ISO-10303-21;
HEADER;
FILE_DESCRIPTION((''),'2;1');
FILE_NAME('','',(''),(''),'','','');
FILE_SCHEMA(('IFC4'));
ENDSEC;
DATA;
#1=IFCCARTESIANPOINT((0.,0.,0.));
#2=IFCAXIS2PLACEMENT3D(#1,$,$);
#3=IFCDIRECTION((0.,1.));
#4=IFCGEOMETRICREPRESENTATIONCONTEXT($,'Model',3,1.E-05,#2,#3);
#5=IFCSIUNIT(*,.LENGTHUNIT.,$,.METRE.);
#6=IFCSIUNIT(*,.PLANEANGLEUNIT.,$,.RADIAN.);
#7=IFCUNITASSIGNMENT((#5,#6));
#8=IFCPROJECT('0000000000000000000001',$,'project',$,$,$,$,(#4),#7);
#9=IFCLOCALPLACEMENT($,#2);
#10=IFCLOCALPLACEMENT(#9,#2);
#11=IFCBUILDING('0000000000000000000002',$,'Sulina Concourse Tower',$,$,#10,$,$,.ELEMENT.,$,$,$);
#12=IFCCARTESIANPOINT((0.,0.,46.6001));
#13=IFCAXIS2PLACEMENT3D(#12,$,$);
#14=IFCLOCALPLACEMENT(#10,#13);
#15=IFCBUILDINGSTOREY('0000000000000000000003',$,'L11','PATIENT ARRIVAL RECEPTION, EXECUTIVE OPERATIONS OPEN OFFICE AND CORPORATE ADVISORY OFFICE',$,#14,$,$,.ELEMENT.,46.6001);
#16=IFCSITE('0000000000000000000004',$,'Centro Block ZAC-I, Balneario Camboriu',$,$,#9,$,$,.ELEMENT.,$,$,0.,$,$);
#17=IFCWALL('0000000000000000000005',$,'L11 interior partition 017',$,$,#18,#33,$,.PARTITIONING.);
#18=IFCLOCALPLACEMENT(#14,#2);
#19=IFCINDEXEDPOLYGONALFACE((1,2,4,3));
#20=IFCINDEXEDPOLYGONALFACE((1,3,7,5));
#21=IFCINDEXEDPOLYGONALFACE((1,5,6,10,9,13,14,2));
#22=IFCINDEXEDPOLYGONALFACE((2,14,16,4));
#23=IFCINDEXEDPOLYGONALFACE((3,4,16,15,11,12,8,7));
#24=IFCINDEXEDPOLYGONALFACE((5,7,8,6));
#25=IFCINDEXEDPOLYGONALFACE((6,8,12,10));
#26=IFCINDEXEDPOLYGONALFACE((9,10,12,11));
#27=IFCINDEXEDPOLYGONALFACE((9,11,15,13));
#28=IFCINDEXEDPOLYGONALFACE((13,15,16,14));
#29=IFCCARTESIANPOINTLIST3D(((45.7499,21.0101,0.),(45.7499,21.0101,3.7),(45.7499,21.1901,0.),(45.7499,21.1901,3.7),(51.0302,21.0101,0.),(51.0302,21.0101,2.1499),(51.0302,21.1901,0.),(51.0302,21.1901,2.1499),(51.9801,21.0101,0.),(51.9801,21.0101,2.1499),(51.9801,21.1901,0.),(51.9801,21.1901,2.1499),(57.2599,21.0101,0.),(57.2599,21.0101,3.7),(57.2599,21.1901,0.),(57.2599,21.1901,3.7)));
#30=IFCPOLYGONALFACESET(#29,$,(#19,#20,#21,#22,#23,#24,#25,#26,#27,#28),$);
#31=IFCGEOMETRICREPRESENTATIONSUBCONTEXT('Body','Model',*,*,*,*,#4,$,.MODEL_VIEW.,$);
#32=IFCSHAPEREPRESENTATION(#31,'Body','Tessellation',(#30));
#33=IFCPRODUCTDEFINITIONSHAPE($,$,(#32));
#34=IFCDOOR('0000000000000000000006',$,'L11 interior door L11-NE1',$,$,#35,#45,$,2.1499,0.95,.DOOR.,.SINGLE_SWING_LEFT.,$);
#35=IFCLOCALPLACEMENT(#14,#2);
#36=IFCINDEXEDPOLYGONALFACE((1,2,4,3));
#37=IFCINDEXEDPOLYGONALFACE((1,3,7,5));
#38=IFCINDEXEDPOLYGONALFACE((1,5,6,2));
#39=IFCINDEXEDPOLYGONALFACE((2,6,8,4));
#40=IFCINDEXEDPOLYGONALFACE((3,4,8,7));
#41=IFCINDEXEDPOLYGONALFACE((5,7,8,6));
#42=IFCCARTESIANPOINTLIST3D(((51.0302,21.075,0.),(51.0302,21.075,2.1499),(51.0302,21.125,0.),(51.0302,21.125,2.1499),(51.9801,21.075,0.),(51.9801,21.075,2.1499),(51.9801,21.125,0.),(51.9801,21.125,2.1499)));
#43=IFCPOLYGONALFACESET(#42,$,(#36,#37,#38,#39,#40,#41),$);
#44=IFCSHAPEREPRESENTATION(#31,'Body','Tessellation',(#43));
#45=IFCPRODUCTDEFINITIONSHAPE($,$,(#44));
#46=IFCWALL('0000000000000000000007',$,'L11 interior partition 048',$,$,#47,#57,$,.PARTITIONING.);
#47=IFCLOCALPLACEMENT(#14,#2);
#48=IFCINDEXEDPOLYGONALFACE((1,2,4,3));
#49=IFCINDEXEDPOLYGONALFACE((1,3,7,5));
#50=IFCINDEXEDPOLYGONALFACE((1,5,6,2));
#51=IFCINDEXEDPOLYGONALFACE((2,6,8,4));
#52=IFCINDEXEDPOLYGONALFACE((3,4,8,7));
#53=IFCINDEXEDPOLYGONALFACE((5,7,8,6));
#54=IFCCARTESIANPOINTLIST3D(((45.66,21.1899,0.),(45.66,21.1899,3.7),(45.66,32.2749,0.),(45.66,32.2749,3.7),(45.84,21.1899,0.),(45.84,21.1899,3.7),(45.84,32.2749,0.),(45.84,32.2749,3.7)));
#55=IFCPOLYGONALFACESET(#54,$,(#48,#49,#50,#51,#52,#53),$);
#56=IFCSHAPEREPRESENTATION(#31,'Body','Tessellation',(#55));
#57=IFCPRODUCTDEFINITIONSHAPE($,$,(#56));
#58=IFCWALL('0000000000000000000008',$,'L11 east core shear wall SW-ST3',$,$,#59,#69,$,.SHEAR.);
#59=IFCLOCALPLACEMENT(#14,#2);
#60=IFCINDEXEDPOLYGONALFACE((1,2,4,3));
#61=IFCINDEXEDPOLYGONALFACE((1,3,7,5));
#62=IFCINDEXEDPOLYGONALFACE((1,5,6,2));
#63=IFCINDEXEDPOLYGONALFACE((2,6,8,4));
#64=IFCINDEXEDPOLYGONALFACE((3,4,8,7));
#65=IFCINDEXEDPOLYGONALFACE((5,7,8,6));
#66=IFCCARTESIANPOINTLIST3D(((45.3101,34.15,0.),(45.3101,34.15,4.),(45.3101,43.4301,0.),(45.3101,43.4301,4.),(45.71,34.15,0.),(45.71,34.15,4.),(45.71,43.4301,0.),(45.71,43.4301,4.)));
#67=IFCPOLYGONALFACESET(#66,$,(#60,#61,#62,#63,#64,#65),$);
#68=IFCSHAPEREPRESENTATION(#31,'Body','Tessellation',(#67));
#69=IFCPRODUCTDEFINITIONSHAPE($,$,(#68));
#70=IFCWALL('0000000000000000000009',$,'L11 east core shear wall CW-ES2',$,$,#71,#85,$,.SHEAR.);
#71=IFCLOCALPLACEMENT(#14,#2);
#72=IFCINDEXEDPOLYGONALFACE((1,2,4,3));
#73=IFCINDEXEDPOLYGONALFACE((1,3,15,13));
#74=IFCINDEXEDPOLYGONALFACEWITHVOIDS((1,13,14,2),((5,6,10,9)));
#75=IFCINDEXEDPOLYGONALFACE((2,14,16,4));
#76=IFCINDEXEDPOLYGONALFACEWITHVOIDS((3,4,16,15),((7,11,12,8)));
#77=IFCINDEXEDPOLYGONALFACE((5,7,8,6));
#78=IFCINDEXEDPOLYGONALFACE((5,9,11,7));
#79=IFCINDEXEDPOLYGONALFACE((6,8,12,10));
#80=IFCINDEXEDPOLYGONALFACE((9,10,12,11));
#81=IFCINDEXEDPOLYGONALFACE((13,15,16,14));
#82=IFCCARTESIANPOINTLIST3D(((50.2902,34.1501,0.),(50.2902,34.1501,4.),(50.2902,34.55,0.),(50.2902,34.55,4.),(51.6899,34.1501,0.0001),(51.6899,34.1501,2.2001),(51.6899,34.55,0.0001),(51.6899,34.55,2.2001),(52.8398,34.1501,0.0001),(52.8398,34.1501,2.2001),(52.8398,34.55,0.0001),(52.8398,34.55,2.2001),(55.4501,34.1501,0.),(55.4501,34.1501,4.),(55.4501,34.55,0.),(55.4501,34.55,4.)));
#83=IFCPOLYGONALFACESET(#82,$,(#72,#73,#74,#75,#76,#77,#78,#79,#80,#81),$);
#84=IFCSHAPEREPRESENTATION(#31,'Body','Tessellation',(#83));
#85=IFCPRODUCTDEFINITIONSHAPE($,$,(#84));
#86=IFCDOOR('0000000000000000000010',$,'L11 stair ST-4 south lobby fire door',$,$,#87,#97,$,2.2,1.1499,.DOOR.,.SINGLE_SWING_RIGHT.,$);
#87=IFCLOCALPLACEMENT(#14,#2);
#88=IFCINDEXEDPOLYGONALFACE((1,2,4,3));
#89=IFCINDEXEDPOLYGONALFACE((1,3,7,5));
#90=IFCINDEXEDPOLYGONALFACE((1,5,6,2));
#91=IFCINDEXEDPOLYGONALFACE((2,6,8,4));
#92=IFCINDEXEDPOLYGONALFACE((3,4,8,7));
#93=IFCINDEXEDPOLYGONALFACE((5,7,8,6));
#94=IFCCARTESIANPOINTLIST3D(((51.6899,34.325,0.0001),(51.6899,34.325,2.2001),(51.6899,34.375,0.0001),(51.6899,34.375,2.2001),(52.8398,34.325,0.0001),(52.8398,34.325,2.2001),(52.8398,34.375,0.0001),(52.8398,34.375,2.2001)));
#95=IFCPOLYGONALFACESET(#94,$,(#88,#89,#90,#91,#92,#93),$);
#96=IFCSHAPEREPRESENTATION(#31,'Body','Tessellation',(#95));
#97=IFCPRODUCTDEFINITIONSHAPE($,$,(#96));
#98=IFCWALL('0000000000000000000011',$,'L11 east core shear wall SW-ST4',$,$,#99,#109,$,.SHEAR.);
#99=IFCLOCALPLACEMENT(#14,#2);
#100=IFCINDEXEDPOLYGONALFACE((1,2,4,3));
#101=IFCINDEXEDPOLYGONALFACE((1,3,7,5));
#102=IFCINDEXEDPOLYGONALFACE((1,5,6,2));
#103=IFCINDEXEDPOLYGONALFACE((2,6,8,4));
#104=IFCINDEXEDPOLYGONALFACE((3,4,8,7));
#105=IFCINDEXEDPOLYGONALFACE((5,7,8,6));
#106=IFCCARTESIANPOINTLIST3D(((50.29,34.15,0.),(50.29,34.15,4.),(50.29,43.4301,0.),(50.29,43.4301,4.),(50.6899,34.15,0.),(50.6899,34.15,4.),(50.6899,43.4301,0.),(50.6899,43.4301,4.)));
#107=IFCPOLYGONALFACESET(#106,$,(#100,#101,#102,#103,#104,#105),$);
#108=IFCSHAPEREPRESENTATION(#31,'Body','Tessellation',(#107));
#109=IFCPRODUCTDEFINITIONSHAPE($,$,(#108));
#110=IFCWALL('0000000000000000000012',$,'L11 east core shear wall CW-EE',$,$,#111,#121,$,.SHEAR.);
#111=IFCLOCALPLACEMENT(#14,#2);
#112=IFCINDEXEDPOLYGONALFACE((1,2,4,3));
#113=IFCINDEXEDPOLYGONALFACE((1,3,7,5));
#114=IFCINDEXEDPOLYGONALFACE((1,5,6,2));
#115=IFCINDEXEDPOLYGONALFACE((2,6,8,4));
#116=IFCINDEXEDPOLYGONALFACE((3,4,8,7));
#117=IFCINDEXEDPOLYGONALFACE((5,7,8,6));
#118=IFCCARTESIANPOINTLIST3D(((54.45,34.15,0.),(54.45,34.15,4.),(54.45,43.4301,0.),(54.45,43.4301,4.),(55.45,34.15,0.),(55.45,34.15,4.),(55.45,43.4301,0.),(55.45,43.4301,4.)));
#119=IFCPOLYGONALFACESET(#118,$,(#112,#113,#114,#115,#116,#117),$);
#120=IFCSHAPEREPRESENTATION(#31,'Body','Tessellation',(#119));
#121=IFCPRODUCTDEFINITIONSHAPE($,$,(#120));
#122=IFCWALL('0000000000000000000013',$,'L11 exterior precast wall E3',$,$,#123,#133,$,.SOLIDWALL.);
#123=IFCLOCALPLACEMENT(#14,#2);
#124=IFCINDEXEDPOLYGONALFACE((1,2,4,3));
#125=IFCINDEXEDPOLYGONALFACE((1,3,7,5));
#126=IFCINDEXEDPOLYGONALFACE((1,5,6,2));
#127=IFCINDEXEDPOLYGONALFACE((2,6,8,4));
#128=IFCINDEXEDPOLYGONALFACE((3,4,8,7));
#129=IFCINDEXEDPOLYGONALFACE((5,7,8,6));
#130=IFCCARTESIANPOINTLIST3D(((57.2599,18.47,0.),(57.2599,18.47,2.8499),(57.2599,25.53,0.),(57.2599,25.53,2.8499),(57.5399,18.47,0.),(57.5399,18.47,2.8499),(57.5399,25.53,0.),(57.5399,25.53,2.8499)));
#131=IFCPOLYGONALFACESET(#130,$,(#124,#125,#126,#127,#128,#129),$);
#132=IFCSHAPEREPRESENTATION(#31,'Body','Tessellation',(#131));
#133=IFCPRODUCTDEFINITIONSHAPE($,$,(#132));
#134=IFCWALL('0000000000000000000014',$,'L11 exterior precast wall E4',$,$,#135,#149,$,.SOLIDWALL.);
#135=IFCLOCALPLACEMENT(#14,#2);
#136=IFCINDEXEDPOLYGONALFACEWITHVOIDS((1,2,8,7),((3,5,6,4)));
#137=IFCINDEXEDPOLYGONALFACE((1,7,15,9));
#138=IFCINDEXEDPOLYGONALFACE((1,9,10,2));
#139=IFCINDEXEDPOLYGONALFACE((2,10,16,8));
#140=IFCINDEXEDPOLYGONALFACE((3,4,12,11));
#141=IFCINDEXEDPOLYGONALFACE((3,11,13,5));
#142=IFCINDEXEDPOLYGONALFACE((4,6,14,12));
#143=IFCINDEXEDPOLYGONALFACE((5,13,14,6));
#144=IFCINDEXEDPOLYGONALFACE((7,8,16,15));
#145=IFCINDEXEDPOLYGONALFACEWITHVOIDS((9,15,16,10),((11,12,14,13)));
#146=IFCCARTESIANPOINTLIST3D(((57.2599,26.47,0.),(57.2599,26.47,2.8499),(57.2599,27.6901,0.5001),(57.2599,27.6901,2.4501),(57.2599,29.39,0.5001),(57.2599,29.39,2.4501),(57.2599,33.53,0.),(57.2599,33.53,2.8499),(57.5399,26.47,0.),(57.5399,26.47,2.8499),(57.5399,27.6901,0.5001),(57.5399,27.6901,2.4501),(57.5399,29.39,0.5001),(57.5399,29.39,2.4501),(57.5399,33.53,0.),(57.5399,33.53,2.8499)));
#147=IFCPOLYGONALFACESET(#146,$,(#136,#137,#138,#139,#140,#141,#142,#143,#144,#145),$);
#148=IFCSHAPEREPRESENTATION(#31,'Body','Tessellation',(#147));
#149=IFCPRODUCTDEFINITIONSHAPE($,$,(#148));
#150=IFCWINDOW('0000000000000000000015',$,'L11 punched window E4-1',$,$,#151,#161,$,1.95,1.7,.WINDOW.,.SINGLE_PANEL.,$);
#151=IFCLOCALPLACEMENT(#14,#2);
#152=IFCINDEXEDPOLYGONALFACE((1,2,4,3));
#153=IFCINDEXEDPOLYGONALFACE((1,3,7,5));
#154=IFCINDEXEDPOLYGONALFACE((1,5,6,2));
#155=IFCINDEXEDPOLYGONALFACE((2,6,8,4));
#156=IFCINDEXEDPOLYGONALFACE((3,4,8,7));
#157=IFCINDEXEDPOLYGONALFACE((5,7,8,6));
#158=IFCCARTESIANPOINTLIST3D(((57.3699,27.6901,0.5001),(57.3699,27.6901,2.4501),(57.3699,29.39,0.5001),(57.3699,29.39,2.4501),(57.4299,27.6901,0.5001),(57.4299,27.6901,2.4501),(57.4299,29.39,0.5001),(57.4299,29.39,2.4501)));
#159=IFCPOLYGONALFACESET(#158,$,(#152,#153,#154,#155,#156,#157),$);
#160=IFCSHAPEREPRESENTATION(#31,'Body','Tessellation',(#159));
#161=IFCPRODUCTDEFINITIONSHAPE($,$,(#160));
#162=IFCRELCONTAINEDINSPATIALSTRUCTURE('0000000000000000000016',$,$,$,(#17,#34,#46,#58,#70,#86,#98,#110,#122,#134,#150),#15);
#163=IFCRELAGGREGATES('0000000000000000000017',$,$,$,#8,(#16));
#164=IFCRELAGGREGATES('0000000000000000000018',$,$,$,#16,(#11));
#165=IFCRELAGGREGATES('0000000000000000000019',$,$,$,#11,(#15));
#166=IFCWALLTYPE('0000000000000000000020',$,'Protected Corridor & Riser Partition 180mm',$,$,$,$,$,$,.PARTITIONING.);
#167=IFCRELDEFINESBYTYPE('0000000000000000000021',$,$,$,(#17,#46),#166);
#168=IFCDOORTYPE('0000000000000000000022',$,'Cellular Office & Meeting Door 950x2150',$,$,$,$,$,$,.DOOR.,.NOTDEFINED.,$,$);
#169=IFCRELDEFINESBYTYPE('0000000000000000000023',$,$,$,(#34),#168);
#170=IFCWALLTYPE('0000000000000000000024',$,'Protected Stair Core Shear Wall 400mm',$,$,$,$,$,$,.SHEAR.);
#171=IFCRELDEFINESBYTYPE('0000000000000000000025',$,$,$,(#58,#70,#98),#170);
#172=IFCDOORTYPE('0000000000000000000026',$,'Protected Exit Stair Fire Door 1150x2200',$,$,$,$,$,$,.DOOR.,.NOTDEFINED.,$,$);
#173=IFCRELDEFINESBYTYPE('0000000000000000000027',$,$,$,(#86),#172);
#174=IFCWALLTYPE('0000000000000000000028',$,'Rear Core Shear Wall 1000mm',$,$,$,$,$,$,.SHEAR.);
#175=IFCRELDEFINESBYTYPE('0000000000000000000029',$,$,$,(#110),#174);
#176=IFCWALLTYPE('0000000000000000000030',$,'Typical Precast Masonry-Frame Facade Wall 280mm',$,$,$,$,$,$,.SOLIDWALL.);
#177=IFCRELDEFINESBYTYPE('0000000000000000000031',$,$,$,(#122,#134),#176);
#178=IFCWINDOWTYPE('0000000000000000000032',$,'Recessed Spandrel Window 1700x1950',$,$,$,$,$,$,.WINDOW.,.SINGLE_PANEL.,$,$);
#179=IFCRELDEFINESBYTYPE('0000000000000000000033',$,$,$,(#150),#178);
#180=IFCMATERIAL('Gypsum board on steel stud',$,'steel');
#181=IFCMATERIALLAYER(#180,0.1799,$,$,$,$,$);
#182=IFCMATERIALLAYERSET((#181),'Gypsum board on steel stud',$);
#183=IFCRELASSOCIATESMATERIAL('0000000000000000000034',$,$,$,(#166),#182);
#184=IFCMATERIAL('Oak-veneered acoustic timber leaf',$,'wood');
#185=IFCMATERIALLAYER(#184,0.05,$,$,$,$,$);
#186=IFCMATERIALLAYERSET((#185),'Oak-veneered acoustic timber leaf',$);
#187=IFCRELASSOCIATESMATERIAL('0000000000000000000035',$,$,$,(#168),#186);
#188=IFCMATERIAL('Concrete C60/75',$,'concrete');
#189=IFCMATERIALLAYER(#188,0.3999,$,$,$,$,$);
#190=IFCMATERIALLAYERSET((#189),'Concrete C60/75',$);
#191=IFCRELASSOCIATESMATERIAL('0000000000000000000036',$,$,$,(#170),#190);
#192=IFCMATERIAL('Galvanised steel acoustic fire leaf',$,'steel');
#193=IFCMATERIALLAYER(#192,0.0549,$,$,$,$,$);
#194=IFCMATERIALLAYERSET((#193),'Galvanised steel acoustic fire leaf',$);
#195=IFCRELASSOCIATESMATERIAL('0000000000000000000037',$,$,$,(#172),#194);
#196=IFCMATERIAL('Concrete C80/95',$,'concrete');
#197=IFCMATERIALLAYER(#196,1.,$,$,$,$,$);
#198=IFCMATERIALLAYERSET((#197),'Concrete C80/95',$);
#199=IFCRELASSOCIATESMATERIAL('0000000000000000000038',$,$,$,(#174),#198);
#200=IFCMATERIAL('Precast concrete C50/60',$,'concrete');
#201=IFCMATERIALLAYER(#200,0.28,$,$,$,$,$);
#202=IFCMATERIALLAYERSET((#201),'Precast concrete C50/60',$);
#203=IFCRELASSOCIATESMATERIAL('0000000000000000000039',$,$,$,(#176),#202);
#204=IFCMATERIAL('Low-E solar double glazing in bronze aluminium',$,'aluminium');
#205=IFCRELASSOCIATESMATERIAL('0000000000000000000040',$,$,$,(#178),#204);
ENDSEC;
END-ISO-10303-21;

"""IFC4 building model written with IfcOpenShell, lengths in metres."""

from ifc_helpers import new_model, si_unit, direction, frame, frame_2d, origin, place, context, subcontext, project, spatial, rectangle, extrude, material, layer, layer_set, type_object, element, fill, save


model = new_model("IFC4")

# Units and contexts
model_context = context("Model", 3, precision=1e-05, world=origin(), true_north=direction((0.0, 1.0)))
body_context = subcontext(model_context, "Body", "Model", "MODEL_VIEW")
ifc_project = project(units=[si_unit("LENGTHUNIT", "METRE"), si_unit("PLANEANGLEUNIT", "RADIAN")], contexts=[model_context])

# Site, building, storey
site_placement = place(None, origin())
site = spatial("IfcSite", under=ifc_project, at=site_placement, Name="Centro Block ZAC-I, Balneario Camboriu", CompositionType="ELEMENT", RefElevation=0.0)
building_placement = place(site_placement, origin())
building = spatial("IfcBuilding", under=site, at=building_placement, Name="Sulina Concourse Tower", CompositionType="ELEMENT")
storey_placement = place(building_placement, frame((0.0, 0.0, 46.6001)))
storey = spatial("IfcBuildingStorey", under=building, at=storey_placement, Name="L11", Description="PATIENT ARRIVAL RECEPTION, EXECUTIVE OPERATIONS OPEN OFFICE AND CORPORATE ADVISORY OFFICE", CompositionType="ELEMENT", Elevation=46.6001)

# Wall, opening, door
ifc_material_1 = material(Name="Gypsum board on steel stud", Category="steel")
ifc_layer_1 = layer(ifc_material_1, 0.1799)
ifc_layer_set_1 = layer_set([ifc_layer_1], Name="Gypsum board on steel stud")
wall_type_1 = type_object("IfcWallType", Name="Protected Corridor & Riser Partition 180mm", PredefinedType="PARTITIONING", material=ifc_layer_set_1)
wall_1_placement = place(storey_placement, frame((45.75, 21.1001, 0.0), z_axis=(0.0, 0.0, 1.0), x_axis=(1.0, 0.0, 0.0)))
wall_1 = element("IfcWall", 1, at=wall_1_placement, inside=storey, type_object=wall_type_1, Name="L11 interior partition 017", PredefinedType="PARTITIONING", context=body_context, shape_type="SweptSolid", body=[
    extrude(rectangle(XDim=11.51, YDim=0.1799, at=frame_2d((5.7549, 0.0))), origin(), (0.0, 0.0, 1.0), 3.7),
])
opening_1_placement = place(wall_1_placement, frame((5.28, 0.0, 0.0)))
opening_1 = element("IfcOpeningElement", 2, at=opening_1_placement, cuts=wall_1, PredefinedType="OPENING", context=body_context, shape_type="SweptSolid", body=[
    extrude(rectangle(XDim=0.95, YDim=2.1499, at=frame_2d((0.4751, 1.075))), frame((0.0, 0.0999, 0.0), z_axis=(0.0, -1.0, 0.0), x_axis=(1.0, 0.0, 0.0)), (0.0, 0.0, 1.0), 0.2),
])
ifc_material_2 = material(Name="Oak-veneered acoustic timber leaf", Category="wood")
ifc_layer_2 = layer(ifc_material_2, 0.05)
ifc_layer_set_2 = layer_set([ifc_layer_2], Name="Oak-veneered acoustic timber leaf")
door_type_1 = type_object("IfcDoorType", Name="Cellular Office & Meeting Door 950x2150", OperationType="NOTDEFINED", PredefinedType="DOOR", material=ifc_layer_set_2)
door_1_placement = place(opening_1_placement, origin())
door_1 = element("IfcDoor", 3, at=door_1_placement, inside=storey, type_object=door_type_1, Name="L11 interior door L11-NE1", OperationType="SINGLE_SWING_LEFT", OverallHeight=2.1499, OverallWidth=0.95, PredefinedType="DOOR", context=body_context, shape_type="SweptSolid", body=[
    extrude(rectangle(XDim=0.95, YDim=2.1499, at=frame_2d((0.4751, 1.075))), frame((0.0, 0.0249, 0.0), z_axis=(0.0, -1.0, 0.0), x_axis=(1.0, 0.0, 0.0)), (0.0, 0.0, 1.0), 0.05),
])
fill(opening_1, door_1)

# Walls
wall_2_placement = place(storey_placement, frame((45.75, 21.1899, 0.0), z_axis=(0.0, 0.0, 1.0), x_axis=(0.0, 1.0, 0.0)))
element("IfcWall", 4, at=wall_2_placement, inside=storey, type_object=wall_type_1, Name="L11 interior partition 048", PredefinedType="PARTITIONING", context=body_context, shape_type="SweptSolid", body=[
    extrude(rectangle(XDim=11.085, YDim=0.1799, at=frame_2d((5.5425, 0.0))), origin(), (0.0, 0.0, 1.0), 3.7),
])
ifc_material_3 = material(Name="Concrete C60/75", Category="concrete")
ifc_layer_3 = layer(ifc_material_3, 0.3999)
ifc_layer_set_3 = layer_set([ifc_layer_3], Name="Concrete C60/75")
wall_type_2 = type_object("IfcWallType", Name="Protected Stair Core Shear Wall 400mm", PredefinedType="SHEAR", material=ifc_layer_set_3)
wall_3_placement = place(storey_placement, frame((45.51, 34.1499, 0.0), z_axis=(0.0, 0.0, 1.0), x_axis=(0.0, 1.0, 0.0)))
element("IfcWall", 5, at=wall_3_placement, inside=storey, type_object=wall_type_2, Name="L11 east core shear wall SW-ST3", PredefinedType="SHEAR", context=body_context, shape_type="SweptSolid", body=[
    extrude(rectangle(XDim=9.28, YDim=0.3999, at=frame_2d((4.6401, 0.0))), origin(), (0.0, 0.0, 1.0), 4.0),
])

# Wall, opening, door
wall_4_placement = place(storey_placement, frame((50.29, 34.3501, 0.0), z_axis=(0.0, 0.0, 1.0), x_axis=(1.0, 0.0, 0.0)))
wall_4 = element("IfcWall", 6, at=wall_4_placement, inside=storey, type_object=wall_type_2, Name="L11 east core shear wall CW-ES2", PredefinedType="SHEAR", context=body_context, shape_type="SweptSolid", body=[
    extrude(rectangle(XDim=5.1599, YDim=0.3999, at=frame_2d((2.5801, 0.0))), origin(), (0.0, 0.0, 1.0), 4.0),
])
opening_2_placement = place(wall_4_placement, frame((1.3999, 0.0, 0.0)))
opening_2 = element("IfcOpeningElement", 7, at=opening_2_placement, cuts=wall_4, PredefinedType="OPENING", context=body_context, shape_type="SweptSolid", body=[
    extrude(rectangle(XDim=1.1499, YDim=2.2, at=frame_2d((0.575, 1.1001))), frame((0.0, 0.21, 0.0), z_axis=(0.0, -1.0, 0.0), x_axis=(1.0, 0.0, 0.0)), (0.0, 0.0, 1.0), 0.4199),
])
ifc_material_4 = material(Name="Galvanised steel acoustic fire leaf", Category="steel")
ifc_layer_4 = layer(ifc_material_4, 0.0549)
ifc_layer_set_4 = layer_set([ifc_layer_4], Name="Galvanised steel acoustic fire leaf")
door_type_2 = type_object("IfcDoorType", Name="Protected Exit Stair Fire Door 1150x2200", OperationType="NOTDEFINED", PredefinedType="DOOR", material=ifc_layer_set_4)
door_2_placement = place(opening_2_placement, origin())
door_2 = element("IfcDoor", 8, at=door_2_placement, inside=storey, type_object=door_type_2, Name="L11 stair ST-4 south lobby fire door", OperationType="SINGLE_SWING_RIGHT", OverallHeight=2.2, OverallWidth=1.1499, PredefinedType="DOOR", context=body_context, shape_type="SweptSolid", body=[
    extrude(rectangle(XDim=1.1499, YDim=2.2, at=frame_2d((0.575, 1.1001))), frame((0.0, 0.0249, 0.0), z_axis=(0.0, -1.0, 0.0), x_axis=(1.0, 0.0, 0.0)), (0.0, 0.0, 1.0), 0.05),
])
fill(opening_2, door_2)

# Walls
wall_5_placement = place(storey_placement, frame((50.49, 34.1499, 0.0), z_axis=(0.0, 0.0, 1.0), x_axis=(0.0, 1.0, 0.0)))
element("IfcWall", 9, at=wall_5_placement, inside=storey, type_object=wall_type_2, Name="L11 east core shear wall SW-ST4", PredefinedType="SHEAR", context=body_context, shape_type="SweptSolid", body=[
    extrude(rectangle(XDim=9.28, YDim=0.3999, at=frame_2d((4.6401, 0.0))), origin(), (0.0, 0.0, 1.0), 4.0),
])
ifc_material_5 = material(Name="Concrete C80/95", Category="concrete")
ifc_layer_5 = layer(ifc_material_5, 1.0)
ifc_layer_set_5 = layer_set([ifc_layer_5], Name="Concrete C80/95")
wall_type_3 = type_object("IfcWallType", Name="Rear Core Shear Wall 1000mm", PredefinedType="SHEAR", material=ifc_layer_set_5)
wall_6_placement = place(storey_placement, frame((54.95, 34.1499, 0.0), z_axis=(0.0, 0.0, 1.0), x_axis=(0.0, 1.0, 0.0)))
element("IfcWall", 10, at=wall_6_placement, inside=storey, type_object=wall_type_3, Name="L11 east core shear wall CW-EE", PredefinedType="SHEAR", context=body_context, shape_type="SweptSolid", body=[
    extrude(rectangle(XDim=9.28, YDim=1.0, at=frame_2d((4.6401, 0.0))), origin(), (0.0, 0.0, 1.0), 4.0),
])
ifc_material_6 = material(Name="Precast concrete C50/60", Category="concrete")
ifc_layer_6 = layer(ifc_material_6, 0.28)
ifc_layer_set_6 = layer_set([ifc_layer_6], Name="Precast concrete C50/60")
wall_type_4 = type_object("IfcWallType", Name="Typical Precast Masonry-Frame Facade Wall 280mm", PredefinedType="SOLIDWALL", material=ifc_layer_set_6)
wall_7_placement = place(storey_placement, frame((57.3999, 25.53, 0.0), z_axis=(0.0, 0.0, 1.0), x_axis=(0.0, -1.0, 0.0)))
element("IfcWall", 11, at=wall_7_placement, inside=storey, type_object=wall_type_4, Name="L11 exterior precast wall E3", PredefinedType="SOLIDWALL", context=body_context, shape_type="SweptSolid", body=[
    extrude(rectangle(XDim=7.0601, YDim=0.28, at=frame_2d((3.53, 0.0))), origin(), (0.0, 0.0, 1.0), 2.8499),
])

# Wall, opening, window
wall_8_placement = place(storey_placement, frame((57.3999, 33.53, 0.0), z_axis=(0.0, 0.0, 1.0), x_axis=(0.0, -1.0, 0.0)))
wall_8 = element("IfcWall", 12, at=wall_8_placement, inside=storey, type_object=wall_type_4, Name="L11 exterior precast wall E4", PredefinedType="SOLIDWALL", context=body_context, shape_type="SweptSolid", body=[
    extrude(rectangle(XDim=7.0601, YDim=0.28, at=frame_2d((3.53, 0.0))), origin(), (0.0, 0.0, 1.0), 2.8499),
])
opening_3_placement = place(wall_8_placement, frame((4.1399, 0.0, 0.5)))
opening_3 = element("IfcOpeningElement", 13, at=opening_3_placement, cuts=wall_8, PredefinedType="OPENING", context=body_context, shape_type="SweptSolid", body=[
    extrude(rectangle(XDim=1.7, YDim=1.95, at=frame_2d((0.8501, 0.9751))), frame((0.0, 0.1499, 0.0), z_axis=(0.0, -1.0, 0.0), x_axis=(1.0, 0.0, 0.0)), (0.0, 0.0, 1.0), 0.3),
])
ifc_material_7 = material(Name="Low-E solar double glazing in bronze aluminium", Category="aluminium")
window_type = type_object("IfcWindowType", Name="Recessed Spandrel Window 1700x1950", PartitioningType="SINGLE_PANEL", PredefinedType="WINDOW", material=ifc_material_7)
window_placement = place(opening_3_placement, origin())
window = element("IfcWindow", 14, at=window_placement, inside=storey, type_object=window_type, Name="L11 punched window E4-1", OverallHeight=1.95, OverallWidth=1.7, PartitioningType="SINGLE_PANEL", PredefinedType="WINDOW", context=body_context, shape_type="SweptSolid", body=[
    extrude(rectangle(XDim=1.7, YDim=1.95, at=frame_2d((0.8501, 0.9751))), frame((0.0, 0.03, 0.0), z_axis=(0.0, -1.0, 0.0), x_axis=(1.0, 0.0, 0.0)), (0.0, 0.0, 1.0), 0.0601),
])
fill(opening_3, window)

save(model, "model.ifc")
